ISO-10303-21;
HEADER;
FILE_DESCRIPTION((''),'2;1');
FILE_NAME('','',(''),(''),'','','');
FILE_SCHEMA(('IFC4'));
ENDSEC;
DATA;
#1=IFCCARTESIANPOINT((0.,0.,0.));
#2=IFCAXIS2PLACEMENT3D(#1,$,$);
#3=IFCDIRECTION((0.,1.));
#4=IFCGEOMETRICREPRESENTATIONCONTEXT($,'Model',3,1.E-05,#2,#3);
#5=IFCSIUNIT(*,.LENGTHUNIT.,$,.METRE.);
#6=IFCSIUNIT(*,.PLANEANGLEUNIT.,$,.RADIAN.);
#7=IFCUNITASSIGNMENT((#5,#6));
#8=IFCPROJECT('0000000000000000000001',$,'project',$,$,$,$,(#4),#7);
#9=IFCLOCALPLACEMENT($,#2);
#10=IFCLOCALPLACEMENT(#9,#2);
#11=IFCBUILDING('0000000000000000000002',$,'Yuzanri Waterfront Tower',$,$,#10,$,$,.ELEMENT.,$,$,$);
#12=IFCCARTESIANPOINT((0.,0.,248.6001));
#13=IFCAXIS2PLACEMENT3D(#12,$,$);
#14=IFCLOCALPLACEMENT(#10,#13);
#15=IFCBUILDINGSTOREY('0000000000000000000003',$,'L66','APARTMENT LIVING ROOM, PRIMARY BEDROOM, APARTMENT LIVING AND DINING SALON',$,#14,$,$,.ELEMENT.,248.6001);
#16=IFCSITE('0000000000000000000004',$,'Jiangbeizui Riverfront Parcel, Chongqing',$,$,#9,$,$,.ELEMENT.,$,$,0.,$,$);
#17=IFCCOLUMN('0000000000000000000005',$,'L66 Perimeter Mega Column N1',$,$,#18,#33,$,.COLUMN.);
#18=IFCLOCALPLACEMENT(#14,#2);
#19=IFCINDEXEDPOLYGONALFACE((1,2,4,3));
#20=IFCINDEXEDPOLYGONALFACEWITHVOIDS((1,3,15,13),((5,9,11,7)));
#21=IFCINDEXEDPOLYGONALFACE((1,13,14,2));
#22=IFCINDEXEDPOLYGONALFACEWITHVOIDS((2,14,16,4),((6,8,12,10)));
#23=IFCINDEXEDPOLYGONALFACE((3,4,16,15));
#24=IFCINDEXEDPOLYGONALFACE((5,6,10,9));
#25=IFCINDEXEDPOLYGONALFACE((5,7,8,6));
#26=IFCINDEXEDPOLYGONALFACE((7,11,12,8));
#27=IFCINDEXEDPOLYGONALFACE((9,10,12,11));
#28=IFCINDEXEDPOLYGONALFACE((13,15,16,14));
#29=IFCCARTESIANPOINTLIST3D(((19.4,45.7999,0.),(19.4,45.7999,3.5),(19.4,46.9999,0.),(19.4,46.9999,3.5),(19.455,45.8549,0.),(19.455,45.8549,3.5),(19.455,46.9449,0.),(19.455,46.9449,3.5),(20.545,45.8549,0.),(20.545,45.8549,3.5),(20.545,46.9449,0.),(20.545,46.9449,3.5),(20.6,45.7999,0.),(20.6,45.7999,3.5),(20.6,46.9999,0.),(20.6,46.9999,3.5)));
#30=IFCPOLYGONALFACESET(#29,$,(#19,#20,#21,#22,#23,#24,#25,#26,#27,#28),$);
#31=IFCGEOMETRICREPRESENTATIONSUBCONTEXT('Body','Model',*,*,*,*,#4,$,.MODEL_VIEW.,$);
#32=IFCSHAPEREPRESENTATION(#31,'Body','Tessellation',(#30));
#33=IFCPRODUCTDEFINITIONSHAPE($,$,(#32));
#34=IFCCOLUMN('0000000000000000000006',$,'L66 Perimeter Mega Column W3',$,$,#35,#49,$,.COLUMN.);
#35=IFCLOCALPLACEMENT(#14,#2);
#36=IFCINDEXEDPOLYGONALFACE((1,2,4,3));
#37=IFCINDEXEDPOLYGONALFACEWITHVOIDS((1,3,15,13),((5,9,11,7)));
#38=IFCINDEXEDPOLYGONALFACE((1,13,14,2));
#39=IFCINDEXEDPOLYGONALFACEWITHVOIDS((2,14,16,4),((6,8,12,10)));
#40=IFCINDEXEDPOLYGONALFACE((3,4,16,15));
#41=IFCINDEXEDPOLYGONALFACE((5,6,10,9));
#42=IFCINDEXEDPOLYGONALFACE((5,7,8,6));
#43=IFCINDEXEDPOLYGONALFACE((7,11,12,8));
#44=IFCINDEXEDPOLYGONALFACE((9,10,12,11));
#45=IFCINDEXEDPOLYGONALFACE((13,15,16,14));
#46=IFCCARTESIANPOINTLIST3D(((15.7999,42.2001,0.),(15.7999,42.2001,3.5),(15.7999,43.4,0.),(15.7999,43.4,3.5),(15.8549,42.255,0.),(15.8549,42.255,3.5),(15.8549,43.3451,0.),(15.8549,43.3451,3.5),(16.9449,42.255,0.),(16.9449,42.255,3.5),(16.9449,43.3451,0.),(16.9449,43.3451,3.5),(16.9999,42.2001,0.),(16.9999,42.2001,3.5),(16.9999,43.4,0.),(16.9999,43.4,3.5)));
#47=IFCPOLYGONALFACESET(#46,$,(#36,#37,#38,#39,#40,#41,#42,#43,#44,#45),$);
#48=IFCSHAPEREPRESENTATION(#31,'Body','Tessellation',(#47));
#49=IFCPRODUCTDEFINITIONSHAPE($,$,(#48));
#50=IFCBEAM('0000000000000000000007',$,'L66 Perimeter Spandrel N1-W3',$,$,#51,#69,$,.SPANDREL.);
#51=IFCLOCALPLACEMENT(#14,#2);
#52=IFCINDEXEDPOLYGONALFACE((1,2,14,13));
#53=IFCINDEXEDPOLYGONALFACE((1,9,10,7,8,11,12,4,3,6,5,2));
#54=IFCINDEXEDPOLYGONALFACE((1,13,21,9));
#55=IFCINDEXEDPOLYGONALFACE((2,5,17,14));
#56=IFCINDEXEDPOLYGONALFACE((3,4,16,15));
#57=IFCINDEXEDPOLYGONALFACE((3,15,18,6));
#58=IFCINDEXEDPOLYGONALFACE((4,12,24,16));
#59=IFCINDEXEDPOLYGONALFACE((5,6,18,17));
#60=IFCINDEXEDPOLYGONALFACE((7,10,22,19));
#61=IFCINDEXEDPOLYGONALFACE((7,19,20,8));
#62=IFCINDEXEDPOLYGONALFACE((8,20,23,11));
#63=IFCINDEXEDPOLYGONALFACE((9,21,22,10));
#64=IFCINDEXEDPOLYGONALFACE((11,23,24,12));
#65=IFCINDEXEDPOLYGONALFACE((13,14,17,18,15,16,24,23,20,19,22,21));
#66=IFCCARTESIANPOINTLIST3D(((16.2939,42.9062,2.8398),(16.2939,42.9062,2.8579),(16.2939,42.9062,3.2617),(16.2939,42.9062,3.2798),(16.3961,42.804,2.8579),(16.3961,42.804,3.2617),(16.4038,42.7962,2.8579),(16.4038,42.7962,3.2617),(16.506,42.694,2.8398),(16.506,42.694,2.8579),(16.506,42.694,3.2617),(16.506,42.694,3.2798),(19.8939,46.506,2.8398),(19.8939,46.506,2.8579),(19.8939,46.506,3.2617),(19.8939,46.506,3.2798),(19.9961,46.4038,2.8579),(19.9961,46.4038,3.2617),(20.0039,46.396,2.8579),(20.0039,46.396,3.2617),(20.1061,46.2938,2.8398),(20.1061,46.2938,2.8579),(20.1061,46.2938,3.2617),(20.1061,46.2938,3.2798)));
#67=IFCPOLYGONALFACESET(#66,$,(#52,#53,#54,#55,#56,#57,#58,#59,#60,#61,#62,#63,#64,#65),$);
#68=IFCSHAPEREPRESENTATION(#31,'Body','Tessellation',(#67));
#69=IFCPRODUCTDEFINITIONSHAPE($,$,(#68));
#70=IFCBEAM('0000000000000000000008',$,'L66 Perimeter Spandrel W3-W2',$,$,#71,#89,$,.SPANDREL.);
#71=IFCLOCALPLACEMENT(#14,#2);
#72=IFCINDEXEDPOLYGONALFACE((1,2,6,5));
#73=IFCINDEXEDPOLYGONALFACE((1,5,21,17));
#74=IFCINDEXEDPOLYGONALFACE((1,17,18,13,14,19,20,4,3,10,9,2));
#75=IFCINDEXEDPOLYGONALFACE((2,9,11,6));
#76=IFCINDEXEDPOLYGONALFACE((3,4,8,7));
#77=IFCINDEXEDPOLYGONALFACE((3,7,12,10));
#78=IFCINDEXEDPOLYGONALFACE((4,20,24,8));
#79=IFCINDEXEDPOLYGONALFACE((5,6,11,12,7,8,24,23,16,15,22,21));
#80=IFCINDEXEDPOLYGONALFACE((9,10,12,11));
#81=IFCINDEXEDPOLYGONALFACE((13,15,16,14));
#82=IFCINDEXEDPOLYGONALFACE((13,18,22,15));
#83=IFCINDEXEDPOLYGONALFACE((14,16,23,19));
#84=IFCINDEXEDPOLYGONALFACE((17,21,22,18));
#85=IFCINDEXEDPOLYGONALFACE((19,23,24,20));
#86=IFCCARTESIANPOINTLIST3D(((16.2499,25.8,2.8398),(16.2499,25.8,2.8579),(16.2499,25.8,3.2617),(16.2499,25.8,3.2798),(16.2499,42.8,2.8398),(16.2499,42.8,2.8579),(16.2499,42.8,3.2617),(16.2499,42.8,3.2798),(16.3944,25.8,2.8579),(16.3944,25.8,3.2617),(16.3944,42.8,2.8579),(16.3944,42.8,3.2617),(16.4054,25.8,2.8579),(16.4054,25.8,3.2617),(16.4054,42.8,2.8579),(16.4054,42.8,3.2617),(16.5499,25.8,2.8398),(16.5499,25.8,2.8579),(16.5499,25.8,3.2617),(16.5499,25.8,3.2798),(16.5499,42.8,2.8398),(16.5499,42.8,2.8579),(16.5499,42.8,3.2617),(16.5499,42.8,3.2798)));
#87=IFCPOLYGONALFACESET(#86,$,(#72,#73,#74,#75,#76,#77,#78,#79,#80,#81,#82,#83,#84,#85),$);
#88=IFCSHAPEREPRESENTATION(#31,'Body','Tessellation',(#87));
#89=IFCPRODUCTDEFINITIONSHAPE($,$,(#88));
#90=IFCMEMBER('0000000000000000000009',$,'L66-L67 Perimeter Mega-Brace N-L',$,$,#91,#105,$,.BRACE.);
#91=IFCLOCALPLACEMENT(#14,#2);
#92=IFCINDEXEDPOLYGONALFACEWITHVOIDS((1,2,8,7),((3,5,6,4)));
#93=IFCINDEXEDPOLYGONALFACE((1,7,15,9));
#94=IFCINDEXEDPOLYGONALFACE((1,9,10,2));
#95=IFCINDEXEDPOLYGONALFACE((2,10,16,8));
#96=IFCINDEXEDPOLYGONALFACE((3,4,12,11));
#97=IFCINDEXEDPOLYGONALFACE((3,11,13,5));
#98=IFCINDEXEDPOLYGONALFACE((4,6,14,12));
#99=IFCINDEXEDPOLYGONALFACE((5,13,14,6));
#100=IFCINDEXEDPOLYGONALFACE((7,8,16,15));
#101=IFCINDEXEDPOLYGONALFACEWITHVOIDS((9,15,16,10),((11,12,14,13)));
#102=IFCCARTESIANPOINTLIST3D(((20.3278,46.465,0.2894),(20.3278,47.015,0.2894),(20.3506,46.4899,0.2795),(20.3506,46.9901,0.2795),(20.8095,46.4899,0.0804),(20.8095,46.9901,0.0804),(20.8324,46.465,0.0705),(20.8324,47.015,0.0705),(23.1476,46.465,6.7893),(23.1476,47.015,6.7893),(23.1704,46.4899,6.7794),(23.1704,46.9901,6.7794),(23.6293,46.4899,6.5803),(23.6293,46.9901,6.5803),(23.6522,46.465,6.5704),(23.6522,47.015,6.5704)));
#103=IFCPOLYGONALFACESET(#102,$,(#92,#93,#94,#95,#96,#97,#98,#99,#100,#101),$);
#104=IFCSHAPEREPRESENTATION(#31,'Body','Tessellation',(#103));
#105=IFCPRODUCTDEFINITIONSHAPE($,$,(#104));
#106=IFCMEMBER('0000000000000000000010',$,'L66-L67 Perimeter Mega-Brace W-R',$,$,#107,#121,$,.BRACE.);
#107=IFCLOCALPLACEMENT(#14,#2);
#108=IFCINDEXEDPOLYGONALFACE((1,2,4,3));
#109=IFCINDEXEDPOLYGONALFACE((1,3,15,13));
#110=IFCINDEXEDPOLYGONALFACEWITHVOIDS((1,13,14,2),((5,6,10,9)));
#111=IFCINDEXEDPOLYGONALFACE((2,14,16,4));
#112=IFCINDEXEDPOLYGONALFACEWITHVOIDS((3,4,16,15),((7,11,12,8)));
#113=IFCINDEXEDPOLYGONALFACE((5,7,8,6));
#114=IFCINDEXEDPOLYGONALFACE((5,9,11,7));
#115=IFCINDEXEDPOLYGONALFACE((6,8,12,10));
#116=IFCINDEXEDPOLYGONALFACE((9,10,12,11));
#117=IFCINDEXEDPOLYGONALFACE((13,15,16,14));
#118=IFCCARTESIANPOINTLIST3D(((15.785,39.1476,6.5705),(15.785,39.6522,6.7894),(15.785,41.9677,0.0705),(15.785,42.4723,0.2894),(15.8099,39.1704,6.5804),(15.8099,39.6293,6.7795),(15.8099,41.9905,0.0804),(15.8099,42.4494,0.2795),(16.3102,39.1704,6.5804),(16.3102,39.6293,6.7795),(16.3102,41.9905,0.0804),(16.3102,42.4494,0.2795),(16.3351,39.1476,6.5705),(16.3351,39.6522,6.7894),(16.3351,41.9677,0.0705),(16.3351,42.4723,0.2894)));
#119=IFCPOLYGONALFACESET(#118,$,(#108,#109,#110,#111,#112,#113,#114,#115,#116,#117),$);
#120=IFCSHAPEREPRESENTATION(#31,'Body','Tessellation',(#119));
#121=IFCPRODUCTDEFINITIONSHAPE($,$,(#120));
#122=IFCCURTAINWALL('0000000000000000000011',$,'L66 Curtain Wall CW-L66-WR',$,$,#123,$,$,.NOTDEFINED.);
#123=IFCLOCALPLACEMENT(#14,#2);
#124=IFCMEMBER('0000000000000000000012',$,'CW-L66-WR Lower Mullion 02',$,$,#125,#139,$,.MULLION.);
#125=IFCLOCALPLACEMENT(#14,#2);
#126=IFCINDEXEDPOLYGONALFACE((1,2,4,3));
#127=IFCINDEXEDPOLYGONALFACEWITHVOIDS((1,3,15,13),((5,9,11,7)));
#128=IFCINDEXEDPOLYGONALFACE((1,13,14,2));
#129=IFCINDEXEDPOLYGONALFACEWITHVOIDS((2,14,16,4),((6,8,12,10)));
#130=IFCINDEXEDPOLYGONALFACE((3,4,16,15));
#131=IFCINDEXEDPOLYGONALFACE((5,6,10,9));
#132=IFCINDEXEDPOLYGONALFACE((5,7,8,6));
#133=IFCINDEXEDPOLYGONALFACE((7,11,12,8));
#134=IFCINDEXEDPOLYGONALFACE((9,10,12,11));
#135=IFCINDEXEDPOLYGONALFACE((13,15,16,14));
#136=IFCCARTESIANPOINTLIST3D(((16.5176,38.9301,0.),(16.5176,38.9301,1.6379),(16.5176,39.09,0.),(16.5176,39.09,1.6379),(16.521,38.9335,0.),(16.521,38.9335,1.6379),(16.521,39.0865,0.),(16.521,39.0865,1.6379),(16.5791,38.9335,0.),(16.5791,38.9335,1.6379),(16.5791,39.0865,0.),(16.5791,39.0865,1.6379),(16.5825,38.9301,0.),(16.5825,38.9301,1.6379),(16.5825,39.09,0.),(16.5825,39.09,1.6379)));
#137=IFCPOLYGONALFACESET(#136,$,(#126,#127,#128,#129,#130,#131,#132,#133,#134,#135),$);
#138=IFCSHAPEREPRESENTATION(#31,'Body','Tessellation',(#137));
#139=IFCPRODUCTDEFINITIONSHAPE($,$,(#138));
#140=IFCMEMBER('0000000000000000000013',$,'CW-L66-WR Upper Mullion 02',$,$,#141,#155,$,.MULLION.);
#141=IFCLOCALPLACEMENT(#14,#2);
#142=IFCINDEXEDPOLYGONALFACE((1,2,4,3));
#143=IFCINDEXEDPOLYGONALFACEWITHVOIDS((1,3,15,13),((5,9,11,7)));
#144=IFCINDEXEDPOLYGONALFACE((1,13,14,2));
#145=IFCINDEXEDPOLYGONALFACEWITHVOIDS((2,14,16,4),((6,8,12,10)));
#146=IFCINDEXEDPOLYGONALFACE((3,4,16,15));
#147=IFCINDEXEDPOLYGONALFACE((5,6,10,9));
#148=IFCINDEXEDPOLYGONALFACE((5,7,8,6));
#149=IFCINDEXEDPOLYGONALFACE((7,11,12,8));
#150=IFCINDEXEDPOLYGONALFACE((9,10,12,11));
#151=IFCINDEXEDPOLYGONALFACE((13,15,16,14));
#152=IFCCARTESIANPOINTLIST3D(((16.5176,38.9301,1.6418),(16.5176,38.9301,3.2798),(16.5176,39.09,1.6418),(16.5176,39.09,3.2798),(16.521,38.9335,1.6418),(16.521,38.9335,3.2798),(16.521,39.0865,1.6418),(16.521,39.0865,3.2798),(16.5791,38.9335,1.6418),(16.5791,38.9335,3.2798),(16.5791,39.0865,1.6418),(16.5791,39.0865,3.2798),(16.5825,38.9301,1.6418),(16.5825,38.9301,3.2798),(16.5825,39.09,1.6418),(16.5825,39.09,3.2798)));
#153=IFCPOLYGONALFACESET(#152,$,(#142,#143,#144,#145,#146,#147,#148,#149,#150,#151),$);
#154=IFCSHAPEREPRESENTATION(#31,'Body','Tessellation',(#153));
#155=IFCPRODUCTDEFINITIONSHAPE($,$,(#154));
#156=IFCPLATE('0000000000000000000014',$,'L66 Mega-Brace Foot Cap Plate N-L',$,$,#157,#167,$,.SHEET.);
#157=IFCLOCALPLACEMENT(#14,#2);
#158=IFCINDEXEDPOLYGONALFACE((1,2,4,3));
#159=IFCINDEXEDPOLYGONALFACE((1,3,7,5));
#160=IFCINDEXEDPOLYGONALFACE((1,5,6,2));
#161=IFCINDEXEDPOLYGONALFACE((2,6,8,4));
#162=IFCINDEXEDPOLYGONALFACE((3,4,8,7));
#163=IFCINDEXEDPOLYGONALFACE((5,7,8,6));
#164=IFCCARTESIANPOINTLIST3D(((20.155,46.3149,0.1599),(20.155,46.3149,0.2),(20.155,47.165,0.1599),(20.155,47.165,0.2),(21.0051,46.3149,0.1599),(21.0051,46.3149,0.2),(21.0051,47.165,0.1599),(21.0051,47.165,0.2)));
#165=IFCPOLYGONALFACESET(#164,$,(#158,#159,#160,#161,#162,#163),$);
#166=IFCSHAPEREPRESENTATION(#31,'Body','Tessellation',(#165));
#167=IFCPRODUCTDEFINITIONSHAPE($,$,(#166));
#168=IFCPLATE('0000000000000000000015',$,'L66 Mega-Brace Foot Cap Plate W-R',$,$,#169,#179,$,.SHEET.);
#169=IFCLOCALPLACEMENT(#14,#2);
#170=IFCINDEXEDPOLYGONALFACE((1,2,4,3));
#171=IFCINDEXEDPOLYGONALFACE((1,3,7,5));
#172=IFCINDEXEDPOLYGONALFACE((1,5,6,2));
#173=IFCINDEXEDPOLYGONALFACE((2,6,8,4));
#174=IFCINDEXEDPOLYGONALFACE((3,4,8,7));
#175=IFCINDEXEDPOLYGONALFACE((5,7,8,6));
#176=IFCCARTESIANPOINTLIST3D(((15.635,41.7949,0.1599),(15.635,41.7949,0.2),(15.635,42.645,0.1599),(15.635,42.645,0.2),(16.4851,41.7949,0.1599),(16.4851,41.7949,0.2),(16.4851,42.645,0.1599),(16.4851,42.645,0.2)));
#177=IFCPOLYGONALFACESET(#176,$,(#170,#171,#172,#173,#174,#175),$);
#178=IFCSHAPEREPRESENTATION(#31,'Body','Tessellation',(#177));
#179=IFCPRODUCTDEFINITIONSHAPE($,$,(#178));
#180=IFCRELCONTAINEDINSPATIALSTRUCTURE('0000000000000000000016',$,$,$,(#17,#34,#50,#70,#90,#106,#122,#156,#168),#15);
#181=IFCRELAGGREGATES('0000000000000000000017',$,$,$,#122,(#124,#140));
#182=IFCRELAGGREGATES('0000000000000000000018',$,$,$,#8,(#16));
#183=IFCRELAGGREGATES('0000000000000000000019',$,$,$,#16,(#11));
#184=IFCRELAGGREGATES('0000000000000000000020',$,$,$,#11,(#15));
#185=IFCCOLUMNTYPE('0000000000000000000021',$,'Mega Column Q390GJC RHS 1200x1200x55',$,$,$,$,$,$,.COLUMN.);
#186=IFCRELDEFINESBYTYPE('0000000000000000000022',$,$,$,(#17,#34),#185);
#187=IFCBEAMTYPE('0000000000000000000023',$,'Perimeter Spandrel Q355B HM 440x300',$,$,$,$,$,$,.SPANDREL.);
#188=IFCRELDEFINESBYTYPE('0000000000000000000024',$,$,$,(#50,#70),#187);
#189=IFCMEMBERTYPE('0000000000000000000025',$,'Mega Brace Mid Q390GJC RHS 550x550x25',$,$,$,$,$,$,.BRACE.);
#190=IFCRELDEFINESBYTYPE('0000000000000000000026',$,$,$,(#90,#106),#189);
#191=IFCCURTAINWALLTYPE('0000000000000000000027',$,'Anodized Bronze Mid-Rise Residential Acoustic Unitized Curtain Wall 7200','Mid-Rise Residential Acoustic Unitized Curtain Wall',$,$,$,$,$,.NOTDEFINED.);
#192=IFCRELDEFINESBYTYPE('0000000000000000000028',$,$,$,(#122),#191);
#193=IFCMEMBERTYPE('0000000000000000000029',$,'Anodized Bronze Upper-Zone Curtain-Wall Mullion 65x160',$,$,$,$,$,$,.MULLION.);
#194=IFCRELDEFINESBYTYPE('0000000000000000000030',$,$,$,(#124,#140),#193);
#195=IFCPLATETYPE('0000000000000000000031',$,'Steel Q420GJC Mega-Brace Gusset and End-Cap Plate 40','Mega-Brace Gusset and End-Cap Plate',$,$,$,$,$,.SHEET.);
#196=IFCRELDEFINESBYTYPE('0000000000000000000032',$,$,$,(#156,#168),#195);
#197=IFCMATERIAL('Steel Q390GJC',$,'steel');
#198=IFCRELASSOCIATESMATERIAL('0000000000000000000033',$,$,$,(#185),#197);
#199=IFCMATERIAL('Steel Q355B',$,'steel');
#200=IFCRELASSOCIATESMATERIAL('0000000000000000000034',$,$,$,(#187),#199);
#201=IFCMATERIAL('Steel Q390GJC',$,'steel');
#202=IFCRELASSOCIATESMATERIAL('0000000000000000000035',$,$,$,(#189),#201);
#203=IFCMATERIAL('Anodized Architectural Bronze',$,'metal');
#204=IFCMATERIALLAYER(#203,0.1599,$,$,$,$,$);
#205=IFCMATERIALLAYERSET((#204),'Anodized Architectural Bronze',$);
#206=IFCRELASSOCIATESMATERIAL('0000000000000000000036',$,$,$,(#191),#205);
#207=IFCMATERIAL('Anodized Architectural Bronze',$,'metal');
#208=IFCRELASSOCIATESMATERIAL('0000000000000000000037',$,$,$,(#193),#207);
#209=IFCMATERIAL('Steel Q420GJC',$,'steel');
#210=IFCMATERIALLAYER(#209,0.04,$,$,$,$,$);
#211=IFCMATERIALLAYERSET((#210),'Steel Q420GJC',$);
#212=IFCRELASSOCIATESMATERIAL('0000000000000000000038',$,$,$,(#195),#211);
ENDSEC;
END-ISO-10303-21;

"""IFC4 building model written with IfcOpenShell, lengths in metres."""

from ifc_helpers import new_model, si_unit, direction, frame, origin, origin_2d, place, context, subcontext, project, spatial, rectangle, hollow_rectangle, i_section, extrude, source, transform, mapped, material, layer, layer_set, material_profile, profile_set, type_object, element, aggregate, save


model = new_model("IFC4")

# Units and contexts
model_context = context("Model", 3, precision=1e-05, world=origin(), true_north=direction((0.0, 1.0)))
body_context = subcontext(model_context, "Body", "Model", "MODEL_VIEW")
ifc_project = project(units=[si_unit("LENGTHUNIT", "METRE"), si_unit("PLANEANGLEUNIT", "RADIAN")], contexts=[model_context])

# Site, building, storey
site_placement = place(None, origin())
site = spatial("IfcSite", under=ifc_project, at=site_placement, Name="Jiangbeizui Riverfront Parcel, Chongqing", CompositionType="ELEMENT", RefElevation=0.0)
building_placement = place(site_placement, origin())
building = spatial("IfcBuilding", under=site, at=building_placement, Name="Yuzanri Waterfront Tower", CompositionType="ELEMENT")
storey_placement = place(building_placement, frame((0.0, 0.0, 248.6001)))
storey = spatial("IfcBuildingStorey", under=building, at=storey_placement, Name="L66", Description="APARTMENT LIVING ROOM, PRIMARY BEDROOM, APARTMENT LIVING AND DINING SALON", CompositionType="ELEMENT", Elevation=248.6001)

# Columns
ifc_material_1 = material(Name="Steel Q390GJC", Category="steel")
ifc_material_profile_1 = material_profile(ifc_material_1, hollow_rectangle(XDim=1.2, YDim=1.2, WallThickness=0.0549, at=origin_2d()), Name="RHS 1200x1200x55")
ifc_profile_set_1 = profile_set([ifc_material_profile_1], Name="Steel Q390GJC")
column_type = type_object("IfcColumnType", Name="Mega Column Q390GJC RHS 1200x1200x55", PredefinedType="COLUMN", material=ifc_profile_set_1)
shared_shape_1 = source(origin(), body_context, "Body", "SweptSolid", [
    extrude(hollow_rectangle(XDim=1.2, YDim=1.2, WallThickness=0.0549, at=origin_2d()), origin(), (0.0, 0.0, 1.0), 3.5),
])
for number, where, z_axis, x_axis, name in (
    (1, (20.0, 46.3999, 0.0), (0.0, 0.0, 1.0), (1.0, 0.0, 0.0), "L66 Perimeter Mega Column N1"),
    (2, (16.3999, 42.8, 0.0), (0.0, 0.0, 1.0), (1.0, 0.0, 0.0), "L66 Perimeter Mega Column W3"),
):
    element("IfcColumn", number, at=place(storey_placement, frame(where, z_axis=z_axis, x_axis=x_axis)), inside=storey, type_object=column_type, Name=name, PredefinedType="COLUMN", context=body_context, shape_type="MappedRepresentation", body=[
        mapped(shared_shape_1, transform((0.0, 0.0, 0.0), scale=1.0)),
    ])

# Beams
ifc_material_2 = material(Name="Steel Q355B", Category="steel")
ifc_material_profile_2 = material_profile(ifc_material_2, i_section(OverallWidth=0.3, OverallDepth=0.4399, WebThickness=0.011, FlangeThickness=0.0181, at=origin_2d()), Name="HM 440x300x11x18")
ifc_profile_set_2 = profile_set([ifc_material_profile_2], Name="Steel Q355B")
beam_type = type_object("IfcBeamType", Name="Perimeter Spandrel Q355B HM 440x300", PredefinedType="SPANDREL", material=ifc_profile_set_2)
shared_shape_2 = source(origin(), body_context, "Body", "SweptSolid", [
    extrude(i_section(OverallWidth=0.3, OverallDepth=0.4399, WebThickness=0.011, FlangeThickness=0.0181, at=origin_2d()), origin(), (0.0, 0.0, 1.0), 5.0911),
])
beam_1_placement = place(storey_placement, frame((20.0, 46.3999, 3.0598), z_axis=(-0.707131, -0.707083, 0.0), x_axis=(0.707083, -0.707131, 0.0)))
element("IfcBeam", 3, at=beam_1_placement, inside=storey, type_object=beam_type, Name="L66 Perimeter Spandrel N1-W3", PredefinedType="SPANDREL", context=body_context, shape_type="MappedRepresentation", body=[
    mapped(shared_shape_2, transform((0.0, 0.0, 0.0), scale=1.0)),
])
shared_shape_3 = source(origin(), body_context, "Body", "SweptSolid", [
    extrude(i_section(OverallWidth=0.3, OverallDepth=0.4399, WebThickness=0.011, FlangeThickness=0.0181, at=origin_2d()), origin(), (0.0, 0.0, 1.0), 17.0),
])
beam_2_placement = place(storey_placement, frame((16.3999, 42.8, 3.0598), z_axis=(0.0, -1.0, 0.0), x_axis=(1.0, 0.0, 0.0)))
element("IfcBeam", 4, at=beam_2_placement, inside=storey, type_object=beam_type, Name="L66 Perimeter Spandrel W3-W2", PredefinedType="SPANDREL", context=body_context, shape_type="MappedRepresentation", body=[
    mapped(shared_shape_3, transform((0.0, 0.0, 0.0), scale=1.0)),
])

# Members
ifc_material_3 = material(Name="Steel Q390GJC", Category="steel")
ifc_material_profile_3 = material_profile(ifc_material_3, hollow_rectangle(XDim=0.55, YDim=0.55, WallThickness=0.0249, at=origin_2d()), Name="RHS 550x550x25")
ifc_profile_set_3 = profile_set([ifc_material_profile_3], Name="Steel Q390GJC")
member_type_1 = type_object("IfcMemberType", Name="Mega Brace Mid Q390GJC RHS 550x550x25", PredefinedType="BRACE", material=ifc_profile_set_3)
shared_shape_4 = source(origin(), body_context, "Body", "SweptSolid", [
    extrude(hollow_rectangle(XDim=0.55, YDim=0.55, WallThickness=0.0249, at=origin_2d()), origin(), (0.0, 0.0, 1.0), 7.0852),
])
member_1_placement = place(storey_placement, frame((20.5801, 46.74, 0.1799), z_axis=(0.397983, 0.0, 0.917393), x_axis=(0.0, 1.0, 0.0)))
element("IfcMember", 5, at=member_1_placement, inside=storey, type_object=member_type_1, Name="L66-L67 Perimeter Mega-Brace N-L", PredefinedType="BRACE", context=body_context, shape_type="MappedRepresentation", body=[
    mapped(shared_shape_4, transform((0.0, 0.0, 0.0), scale=1.0)),
])
shared_shape_5 = source(origin(), body_context, "Body", "SweptSolid", [
    extrude(hollow_rectangle(XDim=0.55, YDim=0.55, WallThickness=0.0249, at=origin_2d()), origin(), (0.0, 0.0, 1.0), 7.0854),
])
member_2_placement = place(storey_placement, frame((16.0601, 42.22, 0.1799), z_axis=(0.0, -0.398012, 0.91738), x_axis=(1.0, 0.0, 0.0)))
element("IfcMember", 6, at=member_2_placement, inside=storey, type_object=member_type_1, Name="L66-L67 Perimeter Mega-Brace W-R", PredefinedType="BRACE", context=body_context, shape_type="MappedRepresentation", body=[
    mapped(shared_shape_5, transform((0.0, 0.0, 0.0), scale=1.0)),
])

# Curtain wall, members
ifc_material_4 = material(Name="Anodized Architectural Bronze", Category="metal")
ifc_layer_1 = layer(ifc_material_4, 0.1599)
ifc_layer_set_1 = layer_set([ifc_layer_1], Name="Anodized Architectural Bronze")
curtain_wall_type = type_object("IfcCurtainWallType", Name="Anodized Bronze Mid-Rise Residential Acoustic Unitized Curtain Wall 7200", Description="Mid-Rise Residential Acoustic Unitized Curtain Wall", PredefinedType="NOTDEFINED", material=ifc_layer_set_1)
curtain_wall_placement = place(storey_placement, origin())
curtain_wall = element("IfcCurtainWall", 7, at=curtain_wall_placement, inside=storey, type_object=curtain_wall_type, Name="L66 Curtain Wall CW-L66-WR", PredefinedType="NOTDEFINED")
ifc_material_5 = material(Name="Anodized Architectural Bronze", Category="metal")
ifc_material_profile_4 = material_profile(ifc_material_5, hollow_rectangle(XDim=0.0649, YDim=0.1599, WallThickness=0.0034, at=origin_2d()), Name="CWM 65x160")
ifc_profile_set_4 = profile_set([ifc_material_profile_4], Name="Anodized Architectural Bronze")
member_type_2 = type_object("IfcMemberType", Name="Anodized Bronze Upper-Zone Curtain-Wall Mullion 65x160", PredefinedType="MULLION", material=ifc_profile_set_4)
shared_shape_6 = source(origin(), body_context, "Body", "SweptSolid", [
    extrude(hollow_rectangle(XDim=0.0649, YDim=0.1599, WallThickness=0.0034, at=origin_2d()), origin(), (0.0, 0.0, 1.0), 1.6379),
])
member_3_placement = place(storey_placement, frame((16.55, 39.01, 0.0), z_axis=(0.0, 0.0, 1.0), x_axis=(1.0, 0.0, 0.0)))
member_3 = element("IfcMember", 8, at=member_3_placement, type_object=member_type_2, Name="CW-L66-WR Lower Mullion 02", PredefinedType="MULLION", context=body_context, shape_type="MappedRepresentation", body=[
    mapped(shared_shape_6, transform((0.0, 0.0, 0.0), scale=1.0)),
])
member_4_placement = place(storey_placement, frame((16.55, 39.01, 1.6418), z_axis=(0.0, 0.0, 1.0), x_axis=(1.0, 0.0, 0.0)))
member_4 = element("IfcMember", 9, at=member_4_placement, type_object=member_type_2, Name="CW-L66-WR Upper Mullion 02", PredefinedType="MULLION", context=body_context, shape_type="MappedRepresentation", body=[
    mapped(shared_shape_6, transform((0.0, 0.0, 0.0), scale=1.0)),
])

# Plates
ifc_material_6 = material(Name="Steel Q420GJC", Category="steel")
ifc_layer_2 = layer(ifc_material_6, 0.04)
ifc_layer_set_2 = layer_set([ifc_layer_2], Name="Steel Q420GJC")
plate_type_1 = type_object("IfcPlateType", Name="Steel Q420GJC Mega-Brace Gusset and End-Cap Plate 40", Description="Mega-Brace Gusset and End-Cap Plate", PredefinedType="SHEET", material=ifc_layer_set_2)
shared_shape_7 = source(origin(), body_context, "Body", "SweptSolid", [
    extrude(rectangle(XDim=0.8501, YDim=0.8501, at=origin_2d()), origin(), (0.0, 0.0, 1.0), 0.04),
])
for number, where, z_axis, x_axis, name in (
    (10, (20.5801, 46.74, 0.1599), (0.0, 0.0, 1.0), (1.0, 0.0, 0.0), "L66 Mega-Brace Foot Cap Plate N-L"),
    (11, (16.0601, 42.22, 0.1599), (0.0, 0.0, 1.0), (1.0, 0.0, 0.0), "L66 Mega-Brace Foot Cap Plate W-R"),
):
    element("IfcPlate", number, at=place(storey_placement, frame(where, z_axis=z_axis, x_axis=x_axis)), inside=storey, type_object=plate_type_1, Name=name, PredefinedType="SHEET", context=body_context, shape_type="MappedRepresentation", body=[
        mapped(shared_shape_7, transform((0.0, 0.0, 0.0), scale=1.0)),
    ])

aggregate(curtain_wall, [member_3, member_4])

save(model, "model.ifc")
